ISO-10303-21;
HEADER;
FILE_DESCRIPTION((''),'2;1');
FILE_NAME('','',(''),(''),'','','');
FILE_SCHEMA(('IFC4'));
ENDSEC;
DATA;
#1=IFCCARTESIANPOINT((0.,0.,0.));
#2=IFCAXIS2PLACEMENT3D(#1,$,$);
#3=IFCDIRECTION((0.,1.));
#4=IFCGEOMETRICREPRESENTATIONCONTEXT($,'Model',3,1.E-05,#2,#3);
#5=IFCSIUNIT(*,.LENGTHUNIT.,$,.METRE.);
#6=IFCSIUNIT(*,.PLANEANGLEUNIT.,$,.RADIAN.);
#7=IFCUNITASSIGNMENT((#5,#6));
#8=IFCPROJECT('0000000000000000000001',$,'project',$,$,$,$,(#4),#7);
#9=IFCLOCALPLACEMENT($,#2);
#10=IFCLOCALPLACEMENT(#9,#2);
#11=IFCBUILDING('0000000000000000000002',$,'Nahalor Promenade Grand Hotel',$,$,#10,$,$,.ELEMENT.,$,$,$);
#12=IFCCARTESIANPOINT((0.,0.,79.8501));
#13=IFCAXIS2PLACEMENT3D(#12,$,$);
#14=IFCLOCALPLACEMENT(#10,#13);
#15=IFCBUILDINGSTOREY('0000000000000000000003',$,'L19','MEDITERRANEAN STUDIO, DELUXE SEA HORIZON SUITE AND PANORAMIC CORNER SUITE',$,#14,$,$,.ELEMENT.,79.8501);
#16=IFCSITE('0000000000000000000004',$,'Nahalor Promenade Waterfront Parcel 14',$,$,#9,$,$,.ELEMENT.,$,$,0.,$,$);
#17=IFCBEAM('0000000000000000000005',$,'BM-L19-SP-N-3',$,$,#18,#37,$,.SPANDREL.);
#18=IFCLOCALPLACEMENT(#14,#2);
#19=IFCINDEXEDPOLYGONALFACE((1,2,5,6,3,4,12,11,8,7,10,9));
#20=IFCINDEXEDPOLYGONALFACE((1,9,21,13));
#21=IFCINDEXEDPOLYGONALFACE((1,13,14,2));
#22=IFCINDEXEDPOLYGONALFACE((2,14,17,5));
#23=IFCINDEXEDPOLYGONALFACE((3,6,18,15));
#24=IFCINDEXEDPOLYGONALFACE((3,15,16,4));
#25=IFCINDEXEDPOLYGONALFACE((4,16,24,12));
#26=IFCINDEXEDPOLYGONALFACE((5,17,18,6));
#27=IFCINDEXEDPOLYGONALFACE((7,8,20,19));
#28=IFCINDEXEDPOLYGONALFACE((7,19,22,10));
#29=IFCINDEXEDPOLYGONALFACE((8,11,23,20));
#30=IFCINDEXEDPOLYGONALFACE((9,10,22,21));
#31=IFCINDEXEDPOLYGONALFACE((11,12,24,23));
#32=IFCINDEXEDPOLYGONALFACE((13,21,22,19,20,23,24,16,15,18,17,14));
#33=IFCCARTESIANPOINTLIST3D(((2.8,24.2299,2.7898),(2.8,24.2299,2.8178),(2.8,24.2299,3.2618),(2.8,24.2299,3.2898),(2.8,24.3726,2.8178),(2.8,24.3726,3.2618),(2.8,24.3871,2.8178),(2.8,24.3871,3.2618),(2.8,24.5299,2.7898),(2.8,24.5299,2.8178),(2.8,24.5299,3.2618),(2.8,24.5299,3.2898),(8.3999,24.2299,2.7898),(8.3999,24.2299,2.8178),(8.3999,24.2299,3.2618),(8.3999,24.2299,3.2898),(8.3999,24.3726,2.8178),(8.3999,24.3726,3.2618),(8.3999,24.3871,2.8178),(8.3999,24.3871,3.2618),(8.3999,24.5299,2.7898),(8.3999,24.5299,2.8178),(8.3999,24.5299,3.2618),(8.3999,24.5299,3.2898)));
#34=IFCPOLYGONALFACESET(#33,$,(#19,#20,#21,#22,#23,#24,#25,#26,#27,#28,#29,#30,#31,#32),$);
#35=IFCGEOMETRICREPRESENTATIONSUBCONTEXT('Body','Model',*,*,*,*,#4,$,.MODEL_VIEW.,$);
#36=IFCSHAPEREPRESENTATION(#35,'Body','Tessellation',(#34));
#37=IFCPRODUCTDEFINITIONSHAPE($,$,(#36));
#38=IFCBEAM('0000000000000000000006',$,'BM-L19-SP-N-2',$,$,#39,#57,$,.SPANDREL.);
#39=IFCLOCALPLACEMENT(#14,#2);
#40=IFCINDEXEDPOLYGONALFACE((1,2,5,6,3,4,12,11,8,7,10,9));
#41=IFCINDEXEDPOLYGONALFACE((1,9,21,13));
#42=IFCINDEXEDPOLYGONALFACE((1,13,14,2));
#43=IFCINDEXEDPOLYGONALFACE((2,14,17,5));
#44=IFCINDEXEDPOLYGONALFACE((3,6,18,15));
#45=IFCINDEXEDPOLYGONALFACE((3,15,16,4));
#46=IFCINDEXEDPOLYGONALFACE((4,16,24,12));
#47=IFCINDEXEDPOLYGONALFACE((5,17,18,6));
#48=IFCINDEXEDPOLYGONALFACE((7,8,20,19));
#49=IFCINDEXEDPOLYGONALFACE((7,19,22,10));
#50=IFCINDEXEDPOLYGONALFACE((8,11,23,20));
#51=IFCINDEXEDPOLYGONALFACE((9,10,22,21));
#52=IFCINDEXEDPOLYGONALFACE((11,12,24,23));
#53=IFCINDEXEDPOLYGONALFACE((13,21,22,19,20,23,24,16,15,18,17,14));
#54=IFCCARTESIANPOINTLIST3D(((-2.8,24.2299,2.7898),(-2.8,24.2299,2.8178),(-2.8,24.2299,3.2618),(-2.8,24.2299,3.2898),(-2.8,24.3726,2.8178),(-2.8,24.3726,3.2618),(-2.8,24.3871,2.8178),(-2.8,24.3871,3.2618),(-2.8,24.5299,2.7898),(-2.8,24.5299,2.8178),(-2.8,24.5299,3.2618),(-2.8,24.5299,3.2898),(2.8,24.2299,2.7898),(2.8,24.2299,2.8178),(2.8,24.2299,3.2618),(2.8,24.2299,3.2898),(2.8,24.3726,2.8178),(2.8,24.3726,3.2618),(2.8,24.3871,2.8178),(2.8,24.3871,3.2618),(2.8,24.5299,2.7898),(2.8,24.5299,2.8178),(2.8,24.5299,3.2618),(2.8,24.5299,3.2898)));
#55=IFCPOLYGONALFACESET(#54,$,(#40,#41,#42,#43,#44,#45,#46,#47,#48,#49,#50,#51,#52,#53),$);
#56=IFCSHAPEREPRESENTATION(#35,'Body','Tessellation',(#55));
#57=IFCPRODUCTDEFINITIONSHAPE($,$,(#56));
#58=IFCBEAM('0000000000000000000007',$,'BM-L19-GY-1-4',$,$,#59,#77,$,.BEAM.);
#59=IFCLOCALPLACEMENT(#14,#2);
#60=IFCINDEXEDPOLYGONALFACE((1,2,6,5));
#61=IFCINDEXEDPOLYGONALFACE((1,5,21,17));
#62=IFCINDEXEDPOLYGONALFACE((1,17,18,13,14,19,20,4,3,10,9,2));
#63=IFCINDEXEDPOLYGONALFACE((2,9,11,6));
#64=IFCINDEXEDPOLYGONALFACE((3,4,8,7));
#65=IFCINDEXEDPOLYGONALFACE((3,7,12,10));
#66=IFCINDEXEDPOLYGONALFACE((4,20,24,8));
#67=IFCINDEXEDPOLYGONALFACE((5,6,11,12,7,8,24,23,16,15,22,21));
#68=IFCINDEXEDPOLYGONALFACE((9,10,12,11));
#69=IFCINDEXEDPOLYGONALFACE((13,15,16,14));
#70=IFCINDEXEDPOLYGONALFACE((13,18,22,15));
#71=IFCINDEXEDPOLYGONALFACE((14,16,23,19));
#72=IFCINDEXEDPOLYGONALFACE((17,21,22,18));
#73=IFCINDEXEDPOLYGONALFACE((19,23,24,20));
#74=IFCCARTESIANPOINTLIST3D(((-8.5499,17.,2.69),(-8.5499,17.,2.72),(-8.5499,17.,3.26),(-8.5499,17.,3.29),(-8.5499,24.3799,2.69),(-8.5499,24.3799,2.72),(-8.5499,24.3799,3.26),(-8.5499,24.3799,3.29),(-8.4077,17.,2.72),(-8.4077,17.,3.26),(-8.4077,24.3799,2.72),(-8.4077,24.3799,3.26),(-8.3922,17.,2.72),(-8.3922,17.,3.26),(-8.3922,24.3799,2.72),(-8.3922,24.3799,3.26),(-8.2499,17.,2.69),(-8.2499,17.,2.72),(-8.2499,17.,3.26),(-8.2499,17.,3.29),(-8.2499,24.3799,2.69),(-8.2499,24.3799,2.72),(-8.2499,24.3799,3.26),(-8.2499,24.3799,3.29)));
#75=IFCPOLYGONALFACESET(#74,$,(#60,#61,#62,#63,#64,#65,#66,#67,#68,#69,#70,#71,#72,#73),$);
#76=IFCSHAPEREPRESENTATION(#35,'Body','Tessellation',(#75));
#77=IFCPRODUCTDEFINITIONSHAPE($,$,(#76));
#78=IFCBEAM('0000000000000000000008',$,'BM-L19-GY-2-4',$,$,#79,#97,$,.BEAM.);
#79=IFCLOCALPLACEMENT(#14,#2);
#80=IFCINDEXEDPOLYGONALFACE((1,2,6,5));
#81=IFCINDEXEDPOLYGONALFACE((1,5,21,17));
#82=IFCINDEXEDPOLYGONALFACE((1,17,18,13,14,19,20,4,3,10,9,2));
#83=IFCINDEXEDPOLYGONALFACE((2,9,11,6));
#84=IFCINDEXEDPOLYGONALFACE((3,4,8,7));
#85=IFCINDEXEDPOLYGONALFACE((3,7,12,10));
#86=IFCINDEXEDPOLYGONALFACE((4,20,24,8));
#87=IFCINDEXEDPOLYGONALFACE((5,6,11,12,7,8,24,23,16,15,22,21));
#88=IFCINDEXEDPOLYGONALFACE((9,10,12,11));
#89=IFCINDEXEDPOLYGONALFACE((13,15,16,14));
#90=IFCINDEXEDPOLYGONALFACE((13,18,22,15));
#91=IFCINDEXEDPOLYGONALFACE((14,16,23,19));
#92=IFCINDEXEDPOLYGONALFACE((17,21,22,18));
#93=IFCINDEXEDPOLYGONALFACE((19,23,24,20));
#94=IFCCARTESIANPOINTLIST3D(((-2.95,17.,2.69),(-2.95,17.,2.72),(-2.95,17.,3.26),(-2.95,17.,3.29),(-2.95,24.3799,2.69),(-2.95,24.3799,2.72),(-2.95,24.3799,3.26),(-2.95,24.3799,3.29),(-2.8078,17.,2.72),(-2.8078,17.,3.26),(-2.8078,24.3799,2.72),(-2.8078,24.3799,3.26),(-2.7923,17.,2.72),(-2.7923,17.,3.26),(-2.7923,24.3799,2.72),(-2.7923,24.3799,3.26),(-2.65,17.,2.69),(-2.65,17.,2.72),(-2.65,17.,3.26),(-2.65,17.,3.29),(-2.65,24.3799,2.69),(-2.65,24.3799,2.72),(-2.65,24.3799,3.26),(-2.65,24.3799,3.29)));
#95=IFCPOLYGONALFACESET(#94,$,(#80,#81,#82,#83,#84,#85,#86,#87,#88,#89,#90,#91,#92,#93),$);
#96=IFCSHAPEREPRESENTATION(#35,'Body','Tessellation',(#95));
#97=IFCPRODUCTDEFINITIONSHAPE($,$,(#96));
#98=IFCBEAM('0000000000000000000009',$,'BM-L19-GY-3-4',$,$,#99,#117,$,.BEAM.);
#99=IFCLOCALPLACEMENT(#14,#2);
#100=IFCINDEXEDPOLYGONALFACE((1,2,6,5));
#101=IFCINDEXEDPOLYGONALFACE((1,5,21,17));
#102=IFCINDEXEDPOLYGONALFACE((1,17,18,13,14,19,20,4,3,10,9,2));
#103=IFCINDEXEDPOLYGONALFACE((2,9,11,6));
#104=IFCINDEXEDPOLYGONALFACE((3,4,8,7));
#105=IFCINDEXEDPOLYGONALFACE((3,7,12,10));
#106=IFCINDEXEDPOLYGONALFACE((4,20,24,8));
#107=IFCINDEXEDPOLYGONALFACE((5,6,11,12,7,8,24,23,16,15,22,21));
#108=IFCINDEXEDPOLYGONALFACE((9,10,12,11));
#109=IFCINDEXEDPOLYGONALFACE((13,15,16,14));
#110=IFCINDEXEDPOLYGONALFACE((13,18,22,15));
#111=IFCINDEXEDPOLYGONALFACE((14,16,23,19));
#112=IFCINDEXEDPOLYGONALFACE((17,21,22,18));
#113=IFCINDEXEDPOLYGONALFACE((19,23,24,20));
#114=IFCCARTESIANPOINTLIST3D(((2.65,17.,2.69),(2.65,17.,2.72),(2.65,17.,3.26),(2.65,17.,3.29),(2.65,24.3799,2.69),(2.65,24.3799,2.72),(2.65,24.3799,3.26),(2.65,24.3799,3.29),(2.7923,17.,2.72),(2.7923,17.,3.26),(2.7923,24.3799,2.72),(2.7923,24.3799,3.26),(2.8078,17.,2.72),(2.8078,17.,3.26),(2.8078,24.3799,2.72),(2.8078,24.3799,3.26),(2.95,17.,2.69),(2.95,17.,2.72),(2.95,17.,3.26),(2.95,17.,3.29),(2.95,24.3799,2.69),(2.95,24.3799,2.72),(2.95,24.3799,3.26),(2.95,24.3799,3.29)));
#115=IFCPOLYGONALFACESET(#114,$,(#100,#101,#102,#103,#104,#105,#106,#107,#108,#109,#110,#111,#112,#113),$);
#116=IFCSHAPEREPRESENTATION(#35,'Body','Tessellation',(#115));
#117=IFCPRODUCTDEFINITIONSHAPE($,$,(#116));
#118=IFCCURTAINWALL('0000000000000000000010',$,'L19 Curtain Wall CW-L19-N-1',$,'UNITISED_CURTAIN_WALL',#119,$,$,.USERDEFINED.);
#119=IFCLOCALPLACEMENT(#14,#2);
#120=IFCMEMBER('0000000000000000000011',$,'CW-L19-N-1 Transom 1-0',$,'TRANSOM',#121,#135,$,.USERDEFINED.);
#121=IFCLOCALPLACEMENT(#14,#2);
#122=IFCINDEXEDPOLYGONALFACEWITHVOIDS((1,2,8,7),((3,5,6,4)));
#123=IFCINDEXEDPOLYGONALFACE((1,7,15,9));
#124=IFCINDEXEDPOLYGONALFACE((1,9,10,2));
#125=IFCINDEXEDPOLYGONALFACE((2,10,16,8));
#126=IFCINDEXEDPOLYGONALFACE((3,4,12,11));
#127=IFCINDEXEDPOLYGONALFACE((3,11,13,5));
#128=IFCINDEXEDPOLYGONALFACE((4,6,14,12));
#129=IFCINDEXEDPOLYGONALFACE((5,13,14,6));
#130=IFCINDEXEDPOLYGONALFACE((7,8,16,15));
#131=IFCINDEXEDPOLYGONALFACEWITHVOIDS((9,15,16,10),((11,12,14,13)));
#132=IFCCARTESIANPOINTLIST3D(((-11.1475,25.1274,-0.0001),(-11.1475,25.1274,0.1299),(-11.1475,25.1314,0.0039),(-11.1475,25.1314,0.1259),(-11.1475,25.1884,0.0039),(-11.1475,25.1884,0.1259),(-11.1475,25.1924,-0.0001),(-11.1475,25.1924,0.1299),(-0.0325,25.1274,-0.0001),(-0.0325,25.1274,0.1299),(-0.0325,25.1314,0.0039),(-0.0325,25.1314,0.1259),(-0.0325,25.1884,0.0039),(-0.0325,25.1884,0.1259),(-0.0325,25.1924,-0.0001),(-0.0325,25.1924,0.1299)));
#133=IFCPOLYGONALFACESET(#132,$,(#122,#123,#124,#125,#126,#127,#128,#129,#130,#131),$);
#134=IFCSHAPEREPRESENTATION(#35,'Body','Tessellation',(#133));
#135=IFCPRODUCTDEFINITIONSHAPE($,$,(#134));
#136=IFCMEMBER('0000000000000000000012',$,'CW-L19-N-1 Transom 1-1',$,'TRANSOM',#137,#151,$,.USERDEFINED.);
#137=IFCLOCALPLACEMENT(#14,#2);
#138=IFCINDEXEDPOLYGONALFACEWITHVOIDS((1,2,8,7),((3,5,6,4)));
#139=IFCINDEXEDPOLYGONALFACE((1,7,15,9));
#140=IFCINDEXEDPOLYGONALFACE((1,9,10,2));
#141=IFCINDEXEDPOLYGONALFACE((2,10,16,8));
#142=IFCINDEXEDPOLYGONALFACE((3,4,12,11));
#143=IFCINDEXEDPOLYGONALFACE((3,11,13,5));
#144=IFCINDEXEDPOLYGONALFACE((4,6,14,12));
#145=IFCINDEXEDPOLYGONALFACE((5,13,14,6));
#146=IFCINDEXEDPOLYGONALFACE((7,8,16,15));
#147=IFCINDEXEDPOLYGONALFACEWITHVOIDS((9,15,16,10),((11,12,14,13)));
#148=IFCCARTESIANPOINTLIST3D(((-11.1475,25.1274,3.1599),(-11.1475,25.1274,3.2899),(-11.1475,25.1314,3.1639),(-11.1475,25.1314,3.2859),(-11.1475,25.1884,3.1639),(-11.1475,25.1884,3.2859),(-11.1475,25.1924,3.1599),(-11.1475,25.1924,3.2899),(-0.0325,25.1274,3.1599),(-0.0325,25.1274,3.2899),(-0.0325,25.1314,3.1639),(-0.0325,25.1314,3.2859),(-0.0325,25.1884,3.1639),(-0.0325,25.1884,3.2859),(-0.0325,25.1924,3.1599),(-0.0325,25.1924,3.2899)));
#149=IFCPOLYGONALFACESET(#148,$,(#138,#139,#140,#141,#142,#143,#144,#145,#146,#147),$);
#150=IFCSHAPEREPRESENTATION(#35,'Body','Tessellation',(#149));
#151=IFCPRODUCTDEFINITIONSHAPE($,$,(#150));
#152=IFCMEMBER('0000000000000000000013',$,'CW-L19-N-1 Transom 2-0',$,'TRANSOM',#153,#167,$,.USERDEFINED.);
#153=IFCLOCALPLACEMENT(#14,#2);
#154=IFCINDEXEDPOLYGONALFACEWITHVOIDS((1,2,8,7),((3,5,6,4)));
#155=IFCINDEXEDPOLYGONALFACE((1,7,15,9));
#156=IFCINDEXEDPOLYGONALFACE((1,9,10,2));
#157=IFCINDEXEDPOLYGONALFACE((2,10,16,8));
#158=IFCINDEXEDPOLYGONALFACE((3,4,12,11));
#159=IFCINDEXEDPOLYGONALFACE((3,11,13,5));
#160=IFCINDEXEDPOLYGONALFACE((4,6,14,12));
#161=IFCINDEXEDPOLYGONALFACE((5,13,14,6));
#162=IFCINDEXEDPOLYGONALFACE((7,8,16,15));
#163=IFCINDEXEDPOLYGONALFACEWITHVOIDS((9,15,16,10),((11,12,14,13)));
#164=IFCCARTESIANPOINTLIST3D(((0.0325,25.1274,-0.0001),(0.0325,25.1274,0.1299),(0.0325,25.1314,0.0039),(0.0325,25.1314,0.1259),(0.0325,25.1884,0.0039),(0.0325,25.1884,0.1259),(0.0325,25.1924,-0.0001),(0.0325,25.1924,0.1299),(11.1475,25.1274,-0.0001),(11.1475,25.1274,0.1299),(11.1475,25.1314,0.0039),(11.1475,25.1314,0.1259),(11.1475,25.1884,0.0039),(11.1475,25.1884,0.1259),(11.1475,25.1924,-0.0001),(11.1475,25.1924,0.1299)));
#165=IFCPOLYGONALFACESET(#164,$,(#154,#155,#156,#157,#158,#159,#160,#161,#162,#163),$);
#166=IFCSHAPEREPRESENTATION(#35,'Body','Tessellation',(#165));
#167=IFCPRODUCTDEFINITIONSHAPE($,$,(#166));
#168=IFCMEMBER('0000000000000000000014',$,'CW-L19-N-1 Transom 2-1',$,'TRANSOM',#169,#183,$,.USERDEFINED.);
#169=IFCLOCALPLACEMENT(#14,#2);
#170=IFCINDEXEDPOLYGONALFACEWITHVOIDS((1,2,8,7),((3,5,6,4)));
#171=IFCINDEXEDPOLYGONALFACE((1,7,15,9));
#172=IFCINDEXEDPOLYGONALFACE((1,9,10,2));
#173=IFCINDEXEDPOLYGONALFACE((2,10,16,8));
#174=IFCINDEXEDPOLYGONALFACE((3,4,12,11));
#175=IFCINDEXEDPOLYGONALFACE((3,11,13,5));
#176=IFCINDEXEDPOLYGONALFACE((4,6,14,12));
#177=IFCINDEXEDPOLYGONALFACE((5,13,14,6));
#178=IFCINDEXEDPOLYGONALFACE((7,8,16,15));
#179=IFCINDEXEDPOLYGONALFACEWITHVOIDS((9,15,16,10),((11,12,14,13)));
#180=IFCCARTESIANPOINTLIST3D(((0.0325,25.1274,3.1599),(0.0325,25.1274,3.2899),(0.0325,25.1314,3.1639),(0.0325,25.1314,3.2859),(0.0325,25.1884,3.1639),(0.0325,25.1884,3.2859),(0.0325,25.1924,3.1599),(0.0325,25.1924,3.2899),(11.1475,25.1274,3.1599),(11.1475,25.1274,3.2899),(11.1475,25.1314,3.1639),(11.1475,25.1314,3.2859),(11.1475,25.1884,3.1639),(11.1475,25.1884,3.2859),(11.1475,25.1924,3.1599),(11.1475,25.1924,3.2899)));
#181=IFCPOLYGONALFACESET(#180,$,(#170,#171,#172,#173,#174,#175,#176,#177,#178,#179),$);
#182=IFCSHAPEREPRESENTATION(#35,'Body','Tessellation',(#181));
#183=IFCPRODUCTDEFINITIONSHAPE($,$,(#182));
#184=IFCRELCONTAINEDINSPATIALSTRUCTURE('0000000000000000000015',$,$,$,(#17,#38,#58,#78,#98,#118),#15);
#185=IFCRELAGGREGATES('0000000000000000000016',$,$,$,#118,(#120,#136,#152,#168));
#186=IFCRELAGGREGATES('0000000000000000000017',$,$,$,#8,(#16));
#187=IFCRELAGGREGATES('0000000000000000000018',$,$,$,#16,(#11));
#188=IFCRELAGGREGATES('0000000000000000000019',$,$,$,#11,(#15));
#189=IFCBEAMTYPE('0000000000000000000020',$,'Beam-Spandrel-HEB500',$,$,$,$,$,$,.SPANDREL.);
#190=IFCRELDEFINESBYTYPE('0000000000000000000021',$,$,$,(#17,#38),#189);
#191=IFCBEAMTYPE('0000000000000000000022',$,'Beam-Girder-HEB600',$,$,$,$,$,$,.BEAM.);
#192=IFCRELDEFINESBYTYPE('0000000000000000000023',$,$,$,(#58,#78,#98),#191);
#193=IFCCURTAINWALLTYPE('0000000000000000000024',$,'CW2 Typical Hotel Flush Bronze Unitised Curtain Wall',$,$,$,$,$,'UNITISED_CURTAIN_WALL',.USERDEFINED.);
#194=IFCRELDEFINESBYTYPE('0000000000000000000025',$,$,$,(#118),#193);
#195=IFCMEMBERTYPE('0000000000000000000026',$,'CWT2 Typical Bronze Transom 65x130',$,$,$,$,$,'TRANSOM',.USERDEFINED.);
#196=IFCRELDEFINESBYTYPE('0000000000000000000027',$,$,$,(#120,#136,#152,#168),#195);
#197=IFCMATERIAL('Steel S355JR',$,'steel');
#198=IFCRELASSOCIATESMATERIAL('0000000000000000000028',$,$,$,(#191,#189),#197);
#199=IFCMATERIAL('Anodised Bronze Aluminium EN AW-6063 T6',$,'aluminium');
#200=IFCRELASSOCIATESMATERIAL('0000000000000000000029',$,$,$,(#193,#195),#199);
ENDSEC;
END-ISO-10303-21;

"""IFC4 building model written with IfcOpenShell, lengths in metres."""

from ifc_helpers import new_model, si_unit, direction, frame, origin, origin_2d, place, context, subcontext, project, spatial, hollow_rectangle, i_section, extrude, source, transform, mapped, material, material_profile, profile_set, type_object, element, aggregate, save


model = new_model("IFC4")

# Units and contexts
model_context = context("Model", 3, precision=1e-05, world=origin(), true_north=direction((0.0, 1.0)))
body_context = subcontext(model_context, "Body", "Model", "MODEL_VIEW")
ifc_project = project(units=[si_unit("LENGTHUNIT", "METRE"), si_unit("PLANEANGLEUNIT", "RADIAN")], contexts=[model_context])

# Site, building, storey
site_placement = place(None, origin())
site = spatial("IfcSite", under=ifc_project, at=site_placement, Name="Nahalor Promenade Waterfront Parcel 14", CompositionType="ELEMENT", RefElevation=0.0)
building_placement = place(site_placement, origin())
building = spatial("IfcBuilding", under=site, at=building_placement, Name="Nahalor Promenade Grand Hotel", CompositionType="ELEMENT")
storey_placement = place(building_placement, frame((0.0, 0.0, 79.8501)))
storey = spatial("IfcBuildingStorey", under=building, at=storey_placement, Name="L19", Description="MEDITERRANEAN STUDIO, DELUXE SEA HORIZON SUITE AND PANORAMIC CORNER SUITE", CompositionType="ELEMENT", Elevation=79.8501)

# Beams
ifc_material_1 = material(Name="Steel S355JR", Category="steel")
ifc_material_profile_1 = material_profile(ifc_material_1, i_section(OverallWidth=0.3, OverallDepth=0.6, WebThickness=0.0155, FlangeThickness=0.03, at=origin_2d()), Name="HEB 600")
ifc_profile_set_1 = profile_set([ifc_material_profile_1], Name="Steel S355JR")
beam_type_1 = type_object("IfcBeamType", Name="Beam-Girder-HEB600", PredefinedType="BEAM", material=ifc_profile_set_1)
ifc_material_profile_2 = material_profile(ifc_material_1, i_section(OverallWidth=0.3, OverallDepth=0.5, WebThickness=0.0145, FlangeThickness=0.028, at=origin_2d()), Name="HEB 500")
ifc_profile_set_2 = profile_set([ifc_material_profile_2], Name="Steel S355JR")
beam_type_2 = type_object("IfcBeamType", Name="Beam-Spandrel-HEB500", PredefinedType="SPANDREL", material=ifc_profile_set_2)
shared_shape_1 = source(origin(), body_context, "Body", "SweptSolid", [
    extrude(i_section(OverallWidth=0.3, OverallDepth=0.5, WebThickness=0.0145, FlangeThickness=0.028, at=origin_2d()), origin(), (0.0, 0.0, 1.0), 5.5999),
])
for number, where, z_axis, x_axis, name in (
    (1, (2.8, 24.3799, 3.0398), (1.0, 0.0, 0.0), (0.0, 1.0, 0.0), "BM-L19-SP-N-3"),
):
    element("IfcBeam", number, at=place(storey_placement, frame(where, z_axis=z_axis, x_axis=x_axis)), inside=storey, type_object=beam_type_2, Name=name, PredefinedType="SPANDREL", context=body_context, shape_type="MappedRepresentation", body=[
        mapped(shared_shape_1, transform((0.0, 0.0, 0.0), scale=1.0)),
    ])
shared_shape_2 = source(origin(), body_context, "Body", "SweptSolid", [
    extrude(i_section(OverallWidth=0.3, OverallDepth=0.5, WebThickness=0.0145, FlangeThickness=0.028, at=origin_2d()), origin(), (0.0, 0.0, 1.0), 5.6001),
])
beam_1_placement = place(storey_placement, frame((-2.8, 24.3799, 3.0398), z_axis=(1.0, 0.0, 0.0), x_axis=(0.0, 1.0, 0.0)))
element("IfcBeam", 2, at=beam_1_placement, inside=storey, type_object=beam_type_2, Name="BM-L19-SP-N-2", PredefinedType="SPANDREL", context=body_context, shape_type="MappedRepresentation", body=[
    mapped(shared_shape_2, transform((0.0, 0.0, 0.0), scale=1.0)),
])
shared_shape_3 = source(origin(), body_context, "Body", "SweptSolid", [
    extrude(i_section(OverallWidth=0.3, OverallDepth=0.6, WebThickness=0.0155, FlangeThickness=0.03, at=origin_2d()), origin(), (0.0, 0.0, 1.0), 7.3799),
])
for number, where, z_axis, x_axis, name in (
    (3, (-8.3999, 17.0, 2.99), (0.0, 1.0, 0.0), (-1.0, 0.0, 0.0), "BM-L19-GY-1-4"),
    (4, (-2.8, 17.0, 2.99), (0.0, 1.0, 0.0), (-1.0, 0.0, 0.0), "BM-L19-GY-2-4"),
    (5, (2.8, 17.0, 2.99), (0.0, 1.0, 0.0), (-1.0, 0.0, 0.0), "BM-L19-GY-3-4"),
):
    element("IfcBeam", number, at=place(storey_placement, frame(where, z_axis=z_axis, x_axis=x_axis)), inside=storey, type_object=beam_type_1, Name=name, PredefinedType="BEAM", context=body_context, shape_type="MappedRepresentation", body=[
        mapped(shared_shape_3, transform((0.0, 0.0, 0.0), scale=1.0)),
    ])

# Curtain wall, members
ifc_material_2 = material(Name="Anodised Bronze Aluminium EN AW-6063 T6", Category="aluminium")
curtain_wall_type = type_object("IfcCurtainWallType", Name="CW2 Typical Hotel Flush Bronze Unitised Curtain Wall", ElementType="UNITISED_CURTAIN_WALL", PredefinedType="USERDEFINED", material=ifc_material_2)
curtain_wall_placement = place(storey_placement, origin())
curtain_wall = element("IfcCurtainWall", 6, at=curtain_wall_placement, inside=storey, type_object=curtain_wall_type, Name="L19 Curtain Wall CW-L19-N-1", ObjectType="UNITISED_CURTAIN_WALL", PredefinedType="USERDEFINED")
ifc_material_profile_3 = material_profile(ifc_material_2, hollow_rectangle(XDim=0.065, YDim=0.13, WallThickness=0.004, at=origin_2d()), Name="CWT 65x130x4")
ifc_profile_set_3 = profile_set([ifc_material_profile_3], Name="Anodised Bronze Aluminium EN AW-6063 T6")
member_type_1 = type_object("IfcMemberType", Name="CWT2 Typical Bronze Transom 65x130", ElementType="TRANSOM", PredefinedType="USERDEFINED", material=ifc_profile_set_3)
shared_shape_4 = source(origin(), body_context, "Body", "SweptSolid", [
    extrude(hollow_rectangle(XDim=0.065, YDim=0.13, WallThickness=0.004, at=origin_2d()), origin(), (0.0, 0.0, 1.0), 11.115),
])
member_1_placement = place(storey_placement, frame((-11.1475, 25.1599, 0.0649), z_axis=(1.0, 0.0, 0.0), x_axis=(0.0, 1.0, 0.0)))
member_1 = element("IfcMember", 7, at=member_1_placement, type_object=member_type_1, Name="CW-L19-N-1 Transom 1-0", ObjectType="TRANSOM", PredefinedType="USERDEFINED", context=body_context, shape_type="MappedRepresentation", body=[
    mapped(shared_shape_4, transform((0.0, 0.0, 0.0), scale=1.0)),
])
member_2_placement = place(storey_placement, frame((-11.1475, 25.1599, 3.2249), z_axis=(1.0, 0.0, 0.0), x_axis=(0.0, 1.0, 0.0)))
member_2 = element("IfcMember", 8, at=member_2_placement, type_object=member_type_1, Name="CW-L19-N-1 Transom 1-1", ObjectType="TRANSOM", PredefinedType="USERDEFINED", context=body_context, shape_type="MappedRepresentation", body=[
    mapped(shared_shape_4, transform((0.0, 0.0, 0.0), scale=1.0)),
])
member_3_placement = place(storey_placement, frame((0.0325, 25.1599, 0.0649), z_axis=(1.0, 0.0, 0.0), x_axis=(0.0, 1.0, 0.0)))
member_3 = element("IfcMember", 9, at=member_3_placement, type_object=member_type_1, Name="CW-L19-N-1 Transom 2-0", ObjectType="TRANSOM", PredefinedType="USERDEFINED", context=body_context, shape_type="MappedRepresentation", body=[
    mapped(shared_shape_4, transform((0.0, 0.0, 0.0), scale=1.0)),
])
member_4_placement = place(storey_placement, frame((0.0325, 25.1599, 3.2249), z_axis=(1.0, 0.0, 0.0), x_axis=(0.0, 1.0, 0.0)))
member_4 = element("IfcMember", 10, at=member_4_placement, type_object=member_type_1, Name="CW-L19-N-1 Transom 2-1", ObjectType="TRANSOM", PredefinedType="USERDEFINED", context=body_context, shape_type="MappedRepresentation", body=[
    mapped(shared_shape_4, transform((0.0, 0.0, 0.0), scale=1.0)),
])
aggregate(curtain_wall, [member_1, member_2, member_3, member_4])

save(model, "model.ifc")
